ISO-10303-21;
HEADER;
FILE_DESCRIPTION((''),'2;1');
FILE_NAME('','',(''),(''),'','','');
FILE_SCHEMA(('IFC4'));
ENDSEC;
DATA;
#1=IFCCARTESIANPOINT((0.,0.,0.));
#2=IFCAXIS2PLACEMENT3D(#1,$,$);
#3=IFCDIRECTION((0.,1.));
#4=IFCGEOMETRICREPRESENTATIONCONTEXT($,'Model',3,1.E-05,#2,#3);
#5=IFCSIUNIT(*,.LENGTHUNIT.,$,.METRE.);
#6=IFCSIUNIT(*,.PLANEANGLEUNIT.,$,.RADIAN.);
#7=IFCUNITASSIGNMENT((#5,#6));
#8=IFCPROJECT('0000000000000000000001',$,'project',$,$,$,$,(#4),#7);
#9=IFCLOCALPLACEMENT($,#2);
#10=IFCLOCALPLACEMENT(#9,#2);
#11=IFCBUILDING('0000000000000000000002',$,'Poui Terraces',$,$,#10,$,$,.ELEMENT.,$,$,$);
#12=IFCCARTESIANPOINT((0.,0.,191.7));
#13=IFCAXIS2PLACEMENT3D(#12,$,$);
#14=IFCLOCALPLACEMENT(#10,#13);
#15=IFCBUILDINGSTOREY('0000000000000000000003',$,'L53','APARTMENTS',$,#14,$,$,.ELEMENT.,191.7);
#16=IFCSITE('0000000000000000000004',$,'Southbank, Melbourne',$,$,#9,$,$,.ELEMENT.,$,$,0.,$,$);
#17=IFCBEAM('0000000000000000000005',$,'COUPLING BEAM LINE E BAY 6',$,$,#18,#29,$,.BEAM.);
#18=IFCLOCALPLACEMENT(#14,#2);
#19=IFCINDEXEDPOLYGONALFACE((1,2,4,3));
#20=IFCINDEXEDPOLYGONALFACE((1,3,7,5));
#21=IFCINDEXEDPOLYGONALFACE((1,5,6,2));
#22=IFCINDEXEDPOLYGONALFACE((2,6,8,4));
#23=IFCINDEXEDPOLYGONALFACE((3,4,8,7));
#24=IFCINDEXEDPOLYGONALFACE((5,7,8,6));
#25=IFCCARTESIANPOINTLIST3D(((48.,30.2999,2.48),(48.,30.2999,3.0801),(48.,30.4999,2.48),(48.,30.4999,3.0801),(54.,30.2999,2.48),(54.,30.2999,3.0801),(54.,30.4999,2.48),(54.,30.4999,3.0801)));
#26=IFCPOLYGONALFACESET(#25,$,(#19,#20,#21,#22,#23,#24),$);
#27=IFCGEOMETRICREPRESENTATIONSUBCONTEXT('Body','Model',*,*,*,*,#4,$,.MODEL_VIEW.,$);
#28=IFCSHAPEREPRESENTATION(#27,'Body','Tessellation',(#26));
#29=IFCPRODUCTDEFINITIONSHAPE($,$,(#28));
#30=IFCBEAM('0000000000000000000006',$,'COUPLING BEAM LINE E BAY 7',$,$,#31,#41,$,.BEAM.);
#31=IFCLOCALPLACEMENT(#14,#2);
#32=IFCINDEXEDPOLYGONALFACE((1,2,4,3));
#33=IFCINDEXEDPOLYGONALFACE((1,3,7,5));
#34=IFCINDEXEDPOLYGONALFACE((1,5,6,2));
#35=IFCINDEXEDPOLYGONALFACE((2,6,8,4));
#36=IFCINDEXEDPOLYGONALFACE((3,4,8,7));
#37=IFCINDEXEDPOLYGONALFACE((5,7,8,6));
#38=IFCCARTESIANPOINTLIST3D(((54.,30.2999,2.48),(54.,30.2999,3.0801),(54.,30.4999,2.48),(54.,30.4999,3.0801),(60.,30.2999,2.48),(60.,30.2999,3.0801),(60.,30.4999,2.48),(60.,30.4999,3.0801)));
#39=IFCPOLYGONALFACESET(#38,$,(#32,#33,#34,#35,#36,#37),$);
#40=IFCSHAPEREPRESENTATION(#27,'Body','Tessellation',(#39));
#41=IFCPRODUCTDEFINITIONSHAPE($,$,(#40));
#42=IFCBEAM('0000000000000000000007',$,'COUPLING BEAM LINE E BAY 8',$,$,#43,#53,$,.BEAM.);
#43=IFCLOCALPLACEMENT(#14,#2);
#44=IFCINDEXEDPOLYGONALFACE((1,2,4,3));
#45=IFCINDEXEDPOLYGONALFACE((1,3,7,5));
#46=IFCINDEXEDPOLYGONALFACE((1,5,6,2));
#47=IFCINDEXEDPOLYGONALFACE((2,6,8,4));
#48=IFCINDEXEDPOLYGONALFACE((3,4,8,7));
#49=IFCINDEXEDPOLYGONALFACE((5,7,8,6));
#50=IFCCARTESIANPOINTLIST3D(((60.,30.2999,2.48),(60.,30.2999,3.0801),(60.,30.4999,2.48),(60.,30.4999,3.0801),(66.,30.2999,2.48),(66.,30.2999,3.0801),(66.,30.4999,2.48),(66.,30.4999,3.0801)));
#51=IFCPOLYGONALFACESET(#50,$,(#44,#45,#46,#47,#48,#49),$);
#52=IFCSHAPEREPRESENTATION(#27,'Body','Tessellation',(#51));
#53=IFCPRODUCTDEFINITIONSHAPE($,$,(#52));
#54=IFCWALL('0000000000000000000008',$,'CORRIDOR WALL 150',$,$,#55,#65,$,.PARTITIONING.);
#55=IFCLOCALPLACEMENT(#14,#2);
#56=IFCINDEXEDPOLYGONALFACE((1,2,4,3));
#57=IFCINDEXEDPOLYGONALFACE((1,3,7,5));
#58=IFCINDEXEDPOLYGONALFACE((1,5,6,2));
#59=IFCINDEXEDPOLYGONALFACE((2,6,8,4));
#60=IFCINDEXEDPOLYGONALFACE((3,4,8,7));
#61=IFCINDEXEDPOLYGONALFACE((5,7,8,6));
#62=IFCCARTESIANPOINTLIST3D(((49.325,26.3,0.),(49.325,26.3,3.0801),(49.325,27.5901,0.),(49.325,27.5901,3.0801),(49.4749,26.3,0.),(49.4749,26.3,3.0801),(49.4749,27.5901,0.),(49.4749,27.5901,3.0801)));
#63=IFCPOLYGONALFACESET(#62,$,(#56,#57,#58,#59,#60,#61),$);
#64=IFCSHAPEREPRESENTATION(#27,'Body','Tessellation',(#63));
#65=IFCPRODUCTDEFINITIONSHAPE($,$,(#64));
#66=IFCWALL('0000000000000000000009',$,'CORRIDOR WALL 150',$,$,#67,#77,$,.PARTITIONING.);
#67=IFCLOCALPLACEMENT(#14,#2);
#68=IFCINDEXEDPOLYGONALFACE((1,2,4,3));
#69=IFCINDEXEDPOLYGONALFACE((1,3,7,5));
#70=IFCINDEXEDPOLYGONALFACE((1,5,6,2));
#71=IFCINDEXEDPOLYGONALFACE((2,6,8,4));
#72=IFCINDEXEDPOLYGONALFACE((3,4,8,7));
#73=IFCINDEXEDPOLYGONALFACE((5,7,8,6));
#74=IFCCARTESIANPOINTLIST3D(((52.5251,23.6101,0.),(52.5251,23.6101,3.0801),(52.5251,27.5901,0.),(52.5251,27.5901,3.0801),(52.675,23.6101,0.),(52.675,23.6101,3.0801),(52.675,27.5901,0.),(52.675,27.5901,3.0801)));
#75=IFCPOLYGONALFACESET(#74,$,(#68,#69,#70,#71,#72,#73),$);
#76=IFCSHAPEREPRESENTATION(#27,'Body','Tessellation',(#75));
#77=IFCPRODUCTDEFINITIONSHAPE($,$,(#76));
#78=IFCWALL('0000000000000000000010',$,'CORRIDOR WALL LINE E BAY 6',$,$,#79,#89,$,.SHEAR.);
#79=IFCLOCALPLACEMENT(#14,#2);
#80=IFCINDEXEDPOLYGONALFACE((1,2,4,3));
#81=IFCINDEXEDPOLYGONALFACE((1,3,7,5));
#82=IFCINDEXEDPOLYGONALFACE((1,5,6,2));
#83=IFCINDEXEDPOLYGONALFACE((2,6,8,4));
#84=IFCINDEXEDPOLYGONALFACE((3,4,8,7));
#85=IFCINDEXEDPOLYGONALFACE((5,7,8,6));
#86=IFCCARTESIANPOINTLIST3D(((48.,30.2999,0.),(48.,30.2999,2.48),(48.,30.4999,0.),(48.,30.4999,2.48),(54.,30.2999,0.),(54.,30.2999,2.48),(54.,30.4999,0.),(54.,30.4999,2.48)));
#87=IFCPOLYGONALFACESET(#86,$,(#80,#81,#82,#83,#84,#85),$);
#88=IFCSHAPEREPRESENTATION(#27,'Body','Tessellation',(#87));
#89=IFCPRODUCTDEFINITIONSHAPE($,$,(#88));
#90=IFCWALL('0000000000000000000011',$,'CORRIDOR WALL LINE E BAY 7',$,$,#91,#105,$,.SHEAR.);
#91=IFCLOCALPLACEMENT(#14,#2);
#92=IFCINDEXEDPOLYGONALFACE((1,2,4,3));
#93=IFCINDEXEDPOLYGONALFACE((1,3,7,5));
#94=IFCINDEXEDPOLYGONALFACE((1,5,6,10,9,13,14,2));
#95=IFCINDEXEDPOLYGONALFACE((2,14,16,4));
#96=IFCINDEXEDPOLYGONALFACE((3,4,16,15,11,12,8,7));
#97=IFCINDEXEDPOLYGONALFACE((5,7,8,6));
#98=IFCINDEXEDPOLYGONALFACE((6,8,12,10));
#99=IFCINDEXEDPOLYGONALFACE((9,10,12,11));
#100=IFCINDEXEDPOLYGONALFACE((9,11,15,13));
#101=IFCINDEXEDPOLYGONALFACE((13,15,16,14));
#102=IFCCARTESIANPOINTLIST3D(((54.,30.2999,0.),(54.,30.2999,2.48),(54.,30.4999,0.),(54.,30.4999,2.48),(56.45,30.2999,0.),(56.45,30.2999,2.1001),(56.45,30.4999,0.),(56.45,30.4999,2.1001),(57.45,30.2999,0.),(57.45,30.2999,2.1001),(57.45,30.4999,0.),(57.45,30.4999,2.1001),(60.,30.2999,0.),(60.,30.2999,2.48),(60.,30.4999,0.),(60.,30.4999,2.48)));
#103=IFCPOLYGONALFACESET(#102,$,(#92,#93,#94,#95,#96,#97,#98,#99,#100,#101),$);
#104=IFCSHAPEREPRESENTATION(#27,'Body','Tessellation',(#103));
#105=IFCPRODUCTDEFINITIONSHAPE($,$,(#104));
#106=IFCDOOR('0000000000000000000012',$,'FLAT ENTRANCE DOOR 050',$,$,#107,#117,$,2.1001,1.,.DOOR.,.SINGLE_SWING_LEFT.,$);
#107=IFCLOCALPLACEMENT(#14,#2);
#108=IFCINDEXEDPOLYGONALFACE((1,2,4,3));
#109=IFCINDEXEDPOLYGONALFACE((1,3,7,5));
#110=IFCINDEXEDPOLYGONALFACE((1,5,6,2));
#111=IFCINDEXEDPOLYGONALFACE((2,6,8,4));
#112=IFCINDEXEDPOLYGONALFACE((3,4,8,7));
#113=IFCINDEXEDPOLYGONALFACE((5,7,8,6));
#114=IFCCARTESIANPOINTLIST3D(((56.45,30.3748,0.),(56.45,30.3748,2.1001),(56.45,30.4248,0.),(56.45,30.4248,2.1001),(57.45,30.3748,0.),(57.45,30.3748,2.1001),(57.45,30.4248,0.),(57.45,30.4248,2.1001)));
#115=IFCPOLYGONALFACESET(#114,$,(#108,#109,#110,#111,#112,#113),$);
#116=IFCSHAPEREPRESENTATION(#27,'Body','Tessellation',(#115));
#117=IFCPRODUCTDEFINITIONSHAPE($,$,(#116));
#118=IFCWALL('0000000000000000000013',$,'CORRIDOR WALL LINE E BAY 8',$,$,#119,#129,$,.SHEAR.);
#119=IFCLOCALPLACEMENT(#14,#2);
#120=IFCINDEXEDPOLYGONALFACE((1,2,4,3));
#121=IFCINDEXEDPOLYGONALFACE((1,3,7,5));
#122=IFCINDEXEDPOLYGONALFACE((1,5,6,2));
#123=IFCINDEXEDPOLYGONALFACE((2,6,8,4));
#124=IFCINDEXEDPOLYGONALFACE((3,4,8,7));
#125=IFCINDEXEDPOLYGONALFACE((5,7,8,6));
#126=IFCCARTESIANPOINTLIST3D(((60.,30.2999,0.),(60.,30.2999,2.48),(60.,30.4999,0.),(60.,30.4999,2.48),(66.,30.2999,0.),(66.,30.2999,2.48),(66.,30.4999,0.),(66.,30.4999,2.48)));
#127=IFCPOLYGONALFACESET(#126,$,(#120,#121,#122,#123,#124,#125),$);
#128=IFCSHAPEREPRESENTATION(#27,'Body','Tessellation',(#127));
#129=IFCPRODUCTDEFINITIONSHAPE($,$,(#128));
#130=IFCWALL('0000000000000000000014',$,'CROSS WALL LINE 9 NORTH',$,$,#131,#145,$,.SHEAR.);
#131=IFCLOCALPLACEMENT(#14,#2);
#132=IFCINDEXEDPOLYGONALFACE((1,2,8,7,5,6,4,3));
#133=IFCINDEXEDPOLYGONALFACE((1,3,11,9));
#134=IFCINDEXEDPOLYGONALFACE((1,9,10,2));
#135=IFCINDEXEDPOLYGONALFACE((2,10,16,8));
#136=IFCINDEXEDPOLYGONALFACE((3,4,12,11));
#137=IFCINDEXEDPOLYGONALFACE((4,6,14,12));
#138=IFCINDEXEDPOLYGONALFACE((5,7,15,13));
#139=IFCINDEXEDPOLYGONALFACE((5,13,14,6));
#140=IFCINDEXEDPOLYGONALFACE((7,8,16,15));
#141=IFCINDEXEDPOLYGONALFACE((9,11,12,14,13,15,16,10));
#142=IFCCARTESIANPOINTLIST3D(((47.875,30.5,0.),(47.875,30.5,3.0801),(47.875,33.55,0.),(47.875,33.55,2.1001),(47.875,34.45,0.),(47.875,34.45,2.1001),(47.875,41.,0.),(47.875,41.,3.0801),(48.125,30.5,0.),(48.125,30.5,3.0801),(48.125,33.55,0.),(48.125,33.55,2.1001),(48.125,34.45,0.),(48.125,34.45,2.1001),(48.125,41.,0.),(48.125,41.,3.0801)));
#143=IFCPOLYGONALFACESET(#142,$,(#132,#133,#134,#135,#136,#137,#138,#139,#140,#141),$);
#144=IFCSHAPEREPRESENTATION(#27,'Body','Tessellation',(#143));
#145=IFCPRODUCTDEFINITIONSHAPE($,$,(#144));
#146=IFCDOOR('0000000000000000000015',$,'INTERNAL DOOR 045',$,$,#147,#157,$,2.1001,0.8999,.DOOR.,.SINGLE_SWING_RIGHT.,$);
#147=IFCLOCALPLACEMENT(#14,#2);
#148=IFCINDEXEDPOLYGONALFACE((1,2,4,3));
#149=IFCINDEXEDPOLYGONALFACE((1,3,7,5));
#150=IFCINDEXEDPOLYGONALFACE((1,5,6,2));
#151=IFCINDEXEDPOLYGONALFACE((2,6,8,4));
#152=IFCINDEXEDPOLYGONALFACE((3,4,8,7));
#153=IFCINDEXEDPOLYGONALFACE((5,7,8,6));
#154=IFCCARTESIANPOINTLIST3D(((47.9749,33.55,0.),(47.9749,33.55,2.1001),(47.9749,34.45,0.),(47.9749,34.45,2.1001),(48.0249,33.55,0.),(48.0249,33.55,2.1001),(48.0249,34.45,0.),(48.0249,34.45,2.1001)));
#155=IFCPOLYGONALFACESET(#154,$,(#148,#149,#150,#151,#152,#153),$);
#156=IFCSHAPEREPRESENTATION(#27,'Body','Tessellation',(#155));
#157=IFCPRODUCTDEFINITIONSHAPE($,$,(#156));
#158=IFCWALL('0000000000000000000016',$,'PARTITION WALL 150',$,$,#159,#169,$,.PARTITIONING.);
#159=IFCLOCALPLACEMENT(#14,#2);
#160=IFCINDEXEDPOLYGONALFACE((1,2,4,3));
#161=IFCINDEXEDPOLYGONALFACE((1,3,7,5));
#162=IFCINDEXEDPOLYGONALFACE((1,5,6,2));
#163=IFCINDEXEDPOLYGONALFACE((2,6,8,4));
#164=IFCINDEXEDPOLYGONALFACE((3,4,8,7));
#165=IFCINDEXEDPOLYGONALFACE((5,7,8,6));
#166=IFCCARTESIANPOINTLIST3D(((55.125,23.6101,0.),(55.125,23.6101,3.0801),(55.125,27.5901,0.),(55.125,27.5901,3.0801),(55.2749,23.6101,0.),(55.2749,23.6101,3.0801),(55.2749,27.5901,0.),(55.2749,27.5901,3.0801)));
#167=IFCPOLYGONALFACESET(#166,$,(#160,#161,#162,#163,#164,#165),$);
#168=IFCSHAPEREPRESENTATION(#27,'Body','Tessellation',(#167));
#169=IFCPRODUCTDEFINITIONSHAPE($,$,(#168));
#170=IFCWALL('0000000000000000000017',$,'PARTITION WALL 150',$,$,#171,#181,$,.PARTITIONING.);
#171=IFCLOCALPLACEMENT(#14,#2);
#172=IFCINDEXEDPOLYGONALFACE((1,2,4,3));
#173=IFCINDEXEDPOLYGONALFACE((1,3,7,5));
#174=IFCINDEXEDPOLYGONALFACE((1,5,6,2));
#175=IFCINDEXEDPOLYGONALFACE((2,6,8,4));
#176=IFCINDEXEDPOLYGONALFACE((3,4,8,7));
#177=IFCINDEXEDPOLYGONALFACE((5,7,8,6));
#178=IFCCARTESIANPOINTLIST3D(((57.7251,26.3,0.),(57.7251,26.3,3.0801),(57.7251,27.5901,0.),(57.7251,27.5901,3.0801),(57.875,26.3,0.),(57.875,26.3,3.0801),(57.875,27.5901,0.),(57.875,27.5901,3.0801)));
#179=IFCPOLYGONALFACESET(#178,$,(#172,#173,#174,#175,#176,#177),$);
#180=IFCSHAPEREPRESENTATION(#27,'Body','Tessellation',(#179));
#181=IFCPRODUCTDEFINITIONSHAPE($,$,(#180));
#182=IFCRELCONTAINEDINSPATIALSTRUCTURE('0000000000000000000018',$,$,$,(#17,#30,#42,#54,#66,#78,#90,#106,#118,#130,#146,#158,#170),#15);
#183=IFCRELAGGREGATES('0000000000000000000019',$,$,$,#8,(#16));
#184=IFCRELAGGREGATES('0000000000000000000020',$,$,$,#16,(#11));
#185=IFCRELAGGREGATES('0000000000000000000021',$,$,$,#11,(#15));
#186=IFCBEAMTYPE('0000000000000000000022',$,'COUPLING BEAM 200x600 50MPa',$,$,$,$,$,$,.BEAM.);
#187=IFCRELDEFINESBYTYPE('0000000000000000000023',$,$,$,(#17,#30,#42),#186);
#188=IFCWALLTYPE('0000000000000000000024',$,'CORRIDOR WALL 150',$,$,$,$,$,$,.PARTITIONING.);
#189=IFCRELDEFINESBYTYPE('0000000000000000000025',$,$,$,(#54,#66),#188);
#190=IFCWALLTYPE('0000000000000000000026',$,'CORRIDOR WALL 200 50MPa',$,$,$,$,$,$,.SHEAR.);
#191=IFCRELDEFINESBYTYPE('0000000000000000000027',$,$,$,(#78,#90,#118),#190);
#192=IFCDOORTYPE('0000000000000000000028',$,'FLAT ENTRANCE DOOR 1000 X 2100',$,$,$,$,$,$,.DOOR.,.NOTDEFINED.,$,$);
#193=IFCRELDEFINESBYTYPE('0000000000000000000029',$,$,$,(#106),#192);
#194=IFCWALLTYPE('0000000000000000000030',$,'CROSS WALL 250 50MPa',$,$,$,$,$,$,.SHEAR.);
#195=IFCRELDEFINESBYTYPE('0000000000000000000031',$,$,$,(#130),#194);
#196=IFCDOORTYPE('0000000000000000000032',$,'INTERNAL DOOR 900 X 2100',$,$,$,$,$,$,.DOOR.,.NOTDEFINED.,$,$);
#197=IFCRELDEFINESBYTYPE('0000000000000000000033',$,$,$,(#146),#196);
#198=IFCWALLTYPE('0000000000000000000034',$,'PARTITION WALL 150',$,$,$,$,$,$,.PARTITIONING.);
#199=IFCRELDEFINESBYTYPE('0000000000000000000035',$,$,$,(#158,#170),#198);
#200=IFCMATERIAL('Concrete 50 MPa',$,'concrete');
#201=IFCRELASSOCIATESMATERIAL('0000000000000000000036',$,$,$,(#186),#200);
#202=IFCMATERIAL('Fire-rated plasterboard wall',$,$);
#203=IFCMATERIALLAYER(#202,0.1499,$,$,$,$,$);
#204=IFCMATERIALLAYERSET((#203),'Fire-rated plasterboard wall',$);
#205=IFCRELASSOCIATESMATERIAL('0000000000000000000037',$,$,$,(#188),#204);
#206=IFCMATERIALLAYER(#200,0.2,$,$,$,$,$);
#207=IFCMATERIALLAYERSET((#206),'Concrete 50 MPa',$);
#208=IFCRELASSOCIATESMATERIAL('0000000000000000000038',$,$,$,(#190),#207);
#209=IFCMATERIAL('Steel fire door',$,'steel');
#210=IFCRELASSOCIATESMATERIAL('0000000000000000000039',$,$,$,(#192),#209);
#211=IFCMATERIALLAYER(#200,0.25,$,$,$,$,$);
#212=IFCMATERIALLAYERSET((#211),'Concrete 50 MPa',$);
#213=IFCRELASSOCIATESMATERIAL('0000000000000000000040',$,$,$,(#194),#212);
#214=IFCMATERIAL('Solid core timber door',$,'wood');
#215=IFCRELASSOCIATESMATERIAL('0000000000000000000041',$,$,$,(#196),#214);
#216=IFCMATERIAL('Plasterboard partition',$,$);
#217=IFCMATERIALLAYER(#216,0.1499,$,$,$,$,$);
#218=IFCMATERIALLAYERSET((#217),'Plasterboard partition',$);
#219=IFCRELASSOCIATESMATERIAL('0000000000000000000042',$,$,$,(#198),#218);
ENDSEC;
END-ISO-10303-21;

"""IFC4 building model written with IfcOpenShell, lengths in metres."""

from ifc_helpers import new_model, si_unit, direction, frame, frame_2d, origin, origin_2d, place, context, subcontext, project, spatial, rectangle, extrude, source, transform, mapped, material, layer, layer_set, material_profile, profile_set, type_object, element, fill, save


model = new_model("IFC4")

# Units and contexts
model_context = context("Model", 3, precision=1e-05, world=origin(), true_north=direction((0.0, 1.0)))
body_context = subcontext(model_context, "Body", "Model", "MODEL_VIEW")
ifc_project = project(units=[si_unit("LENGTHUNIT", "METRE"), si_unit("PLANEANGLEUNIT", "RADIAN")], contexts=[model_context])

# Site, building, storey
site_placement = place(None, origin())
site = spatial("IfcSite", under=ifc_project, at=site_placement, Name="Southbank, Melbourne", CompositionType="ELEMENT", RefElevation=0.0)
building_placement = place(site_placement, origin())
building = spatial("IfcBuilding", under=site, at=building_placement, Name="Poui Terraces", CompositionType="ELEMENT")
storey_placement = place(building_placement, frame((0.0, 0.0, 191.7)))
storey = spatial("IfcBuildingStorey", under=building, at=storey_placement, Name="L53", Description="APARTMENTS", CompositionType="ELEMENT", Elevation=191.7)

# Beams
ifc_material_1 = material(Name="Concrete 50 MPa", Category="concrete")
ifc_material_profile = material_profile(ifc_material_1, rectangle(XDim=0.2, YDim=0.6001, at=origin_2d()), Name="RC 200x600")
ifc_profile_set = profile_set([ifc_material_profile], Name="Concrete 50 MPa")
beam_type = type_object("IfcBeamType", Name="COUPLING BEAM 200x600 50MPa", PredefinedType="BEAM", material=ifc_profile_set)
shared_shape = source(origin(), body_context, "Body", "SweptSolid", [
    extrude(rectangle(XDim=0.2, YDim=0.6001, at=origin_2d()), origin(), (0.0, 0.0, 1.0), 6.0),
])
for number, where, z_axis, x_axis, name in (
    (1, (48.0, 30.3999, 2.78), (1.0, 0.0, 0.0), (0.0, 1.0, 0.0), "COUPLING BEAM LINE E BAY 6"),
    (2, (54.0, 30.3999, 2.78), (1.0, 0.0, 0.0), (0.0, 1.0, 0.0), "COUPLING BEAM LINE E BAY 7"),
    (3, (60.0, 30.3999, 2.78), (1.0, 0.0, 0.0), (0.0, 1.0, 0.0), "COUPLING BEAM LINE E BAY 8"),
):
    element("IfcBeam", number, at=place(storey_placement, frame(where, z_axis=z_axis, x_axis=x_axis)), inside=storey, type_object=beam_type, Name=name, PredefinedType="BEAM", context=body_context, shape_type="MappedRepresentation", body=[
        mapped(shared_shape, transform((0.0, 0.0, 0.0))),
    ])

# Walls
ifc_material_2 = material(Name="Fire-rated plasterboard wall")
ifc_layer_1 = layer(ifc_material_2, 0.1499)
ifc_layer_set_1 = layer_set([ifc_layer_1], Name="Fire-rated plasterboard wall")
wall_type_1 = type_object("IfcWallType", Name="CORRIDOR WALL 150", PredefinedType="PARTITIONING", material=ifc_layer_set_1)
wall_1_placement = place(storey_placement, frame((49.3999, 26.3, 0.0), z_axis=(0.0, 0.0, 1.0), x_axis=(0.0, 1.0, 0.0)))
element("IfcWall", 4, at=wall_1_placement, inside=storey, type_object=wall_type_1, Name="CORRIDOR WALL 150", PredefinedType="PARTITIONING", context=body_context, shape_type="SweptSolid", body=[
    extrude(rectangle(XDim=1.29, YDim=0.1499, at=frame_2d((0.645, 0.0))), origin(), (0.0, 0.0, 1.0), 3.0801),
])
wall_2_placement = place(storey_placement, frame((52.6001, 23.6101, 0.0), z_axis=(0.0, 0.0, 1.0), x_axis=(0.0, 1.0, 0.0)))
element("IfcWall", 5, at=wall_2_placement, inside=storey, type_object=wall_type_1, Name="CORRIDOR WALL 150", PredefinedType="PARTITIONING", context=body_context, shape_type="SweptSolid", body=[
    extrude(rectangle(XDim=3.98, YDim=0.1499, at=frame_2d((1.99, 0.0))), origin(), (0.0, 0.0, 1.0), 3.0801),
])
ifc_layer_2 = layer(ifc_material_1, 0.2)
ifc_layer_set_2 = layer_set([ifc_layer_2], Name="Concrete 50 MPa")
wall_type_2 = type_object("IfcWallType", Name="CORRIDOR WALL 200 50MPa", PredefinedType="SHEAR", material=ifc_layer_set_2)
wall_3_placement = place(storey_placement, frame((48.0, 30.3999, 0.0), z_axis=(0.0, 0.0, 1.0), x_axis=(1.0, 0.0, 0.0)))
element("IfcWall", 6, at=wall_3_placement, inside=storey, type_object=wall_type_2, Name="CORRIDOR WALL LINE E BAY 6", PredefinedType="SHEAR", context=body_context, shape_type="SweptSolid", body=[
    extrude(rectangle(XDim=6.0, YDim=0.2, at=frame_2d((3.0, 0.0))), origin(), (0.0, 0.0, 1.0), 2.48),
])

# Wall, opening, door
wall_4_placement = place(storey_placement, frame((54.0, 30.3999, 0.0), z_axis=(0.0, 0.0, 1.0), x_axis=(1.0, 0.0, 0.0)))
wall_4 = element("IfcWall", 7, at=wall_4_placement, inside=storey, type_object=wall_type_2, Name="CORRIDOR WALL LINE E BAY 7", PredefinedType="SHEAR", context=body_context, shape_type="SweptSolid", body=[
    extrude(rectangle(XDim=6.0, YDim=0.2, at=frame_2d((3.0, 0.0))), origin(), (0.0, 0.0, 1.0), 2.48),
])
opening_1_placement = place(wall_4_placement, frame((2.45, 0.0, 0.0)))
opening_1 = element("IfcOpeningElement", 8, at=opening_1_placement, cuts=wall_4, PredefinedType="OPENING", context=body_context, shape_type="SweptSolid", body=[
    extrude(rectangle(XDim=1.0, YDim=2.1001, at=frame_2d((0.5, 1.05))), frame((0.0, 0.1099, 0.0), z_axis=(0.0, -1.0, 0.0), x_axis=(1.0, 0.0, 0.0)), (0.0, 0.0, 1.0), 0.22),
])
ifc_material_3 = material(Name="Steel fire door", Category="steel")
door_type_1 = type_object("IfcDoorType", Name="FLAT ENTRANCE DOOR 1000 X 2100", OperationType="NOTDEFINED", PredefinedType="DOOR", material=ifc_material_3)
door_1_placement = place(opening_1_placement, origin())
door_1 = element("IfcDoor", 9, at=door_1_placement, inside=storey, type_object=door_type_1, Name="FLAT ENTRANCE DOOR 050", OperationType="SINGLE_SWING_LEFT", OverallHeight=2.1001, OverallWidth=1.0, PredefinedType="DOOR", context=body_context, shape_type="SweptSolid", body=[
    extrude(rectangle(XDim=1.0, YDim=2.1001, at=frame_2d((0.5, 1.05))), frame((0.0, 0.0249, 0.0), z_axis=(0.0, -1.0, 0.0), x_axis=(1.0, 0.0, 0.0)), (0.0, 0.0, 1.0), 0.05),
])
fill(opening_1, door_1)

# Wall
wall_5_placement = place(storey_placement, frame((60.0, 30.3999, 0.0), z_axis=(0.0, 0.0, 1.0), x_axis=(1.0, 0.0, 0.0)))
element("IfcWall", 10, at=wall_5_placement, inside=storey, type_object=wall_type_2, Name="CORRIDOR WALL LINE E BAY 8", PredefinedType="SHEAR", context=body_context, shape_type="SweptSolid", body=[
    extrude(rectangle(XDim=6.0, YDim=0.2, at=frame_2d((3.0, 0.0))), origin(), (0.0, 0.0, 1.0), 2.48),
])

# Wall, opening, door
ifc_layer_3 = layer(ifc_material_1, 0.25)
ifc_layer_set_3 = layer_set([ifc_layer_3], Name="Concrete 50 MPa")
wall_type_3 = type_object("IfcWallType", Name="CROSS WALL 250 50MPa", PredefinedType="SHEAR", material=ifc_layer_set_3)
wall_6_placement = place(storey_placement, frame((48.0, 30.5, 0.0), z_axis=(0.0, 0.0, 1.0), x_axis=(0.0, 1.0, 0.0)))
wall_6 = element("IfcWall", 11, at=wall_6_placement, inside=storey, type_object=wall_type_3, Name="CROSS WALL LINE 9 NORTH", PredefinedType="SHEAR", context=body_context, shape_type="SweptSolid", body=[
    extrude(rectangle(XDim=10.5, YDim=0.25, at=frame_2d((5.25, 0.0))), origin(), (0.0, 0.0, 1.0), 3.0801),
])
opening_2_placement = place(wall_6_placement, frame((3.05, 0.0, 0.0)))
opening_2 = element("IfcOpeningElement", 12, at=opening_2_placement, cuts=wall_6, PredefinedType="OPENING", context=body_context, shape_type="SweptSolid", body=[
    extrude(rectangle(XDim=0.8999, YDim=2.1001, at=frame_2d((0.45, 1.05))), frame((0.0, 0.135, 0.0), z_axis=(0.0, -1.0, 0.0), x_axis=(1.0, 0.0, 0.0)), (0.0, 0.0, 1.0), 0.27),
])
ifc_material_4 = material(Name="Solid core timber door", Category="wood")
door_type_2 = type_object("IfcDoorType", Name="INTERNAL DOOR 900 X 2100", OperationType="NOTDEFINED", PredefinedType="DOOR", material=ifc_material_4)
door_2_placement = place(opening_2_placement, frame((0.8999, 0.0, 0.0), z_axis=(0.0, 0.0, 1.0), x_axis=(-1.0, 0.0, 0.0)))
door_2 = element("IfcDoor", 13, at=door_2_placement, inside=storey, type_object=door_type_2, Name="INTERNAL DOOR 045", OperationType="SINGLE_SWING_RIGHT", OverallHeight=2.1001, OverallWidth=0.8999, PredefinedType="DOOR", context=body_context, shape_type="SweptSolid", body=[
    extrude(rectangle(XDim=0.8999, YDim=2.1001, at=frame_2d((0.45, 1.05))), frame((0.0, 0.0249, 0.0), z_axis=(0.0, -1.0, 0.0), x_axis=(1.0, 0.0, 0.0)), (0.0, 0.0, 1.0), 0.05),
])
fill(opening_2, door_2)

# Walls
ifc_material_5 = material(Name="Plasterboard partition")
ifc_layer_4 = layer(ifc_material_5, 0.1499)
ifc_layer_set_4 = layer_set([ifc_layer_4], Name="Plasterboard partition")
wall_type_4 = type_object("IfcWallType", Name="PARTITION WALL 150", PredefinedType="PARTITIONING", material=ifc_layer_set_4)
wall_7_placement = place(storey_placement, frame((55.2, 23.6101, 0.0), z_axis=(0.0, 0.0, 1.0), x_axis=(0.0, 1.0, 0.0)))
element("IfcWall", 14, at=wall_7_placement, inside=storey, type_object=wall_type_4, Name="PARTITION WALL 150", PredefinedType="PARTITIONING", context=body_context, shape_type="SweptSolid", body=[
    extrude(rectangle(XDim=3.98, YDim=0.1499, at=frame_2d((1.99, 0.0))), origin(), (0.0, 0.0, 1.0), 3.0801),
])
for number, where, z_axis, x_axis, name in (
    (15, (57.8, 26.3, 0.0), (0.0, 0.0, 1.0), (0.0, 1.0, 0.0), "PARTITION WALL 150"),
):
    element("IfcWall", number, at=place(storey_placement, frame(where, z_axis=z_axis, x_axis=x_axis)), inside=storey, type_object=wall_type_4, Name=name, PredefinedType="PARTITIONING", context=body_context, shape_type="SweptSolid", body=[
        extrude(rectangle(XDim=1.29, YDim=0.1499, at=frame_2d((0.645, 0.0))), origin(), (0.0, 0.0, 1.0), 3.0801),
    ])

save(model, "model.ifc")
